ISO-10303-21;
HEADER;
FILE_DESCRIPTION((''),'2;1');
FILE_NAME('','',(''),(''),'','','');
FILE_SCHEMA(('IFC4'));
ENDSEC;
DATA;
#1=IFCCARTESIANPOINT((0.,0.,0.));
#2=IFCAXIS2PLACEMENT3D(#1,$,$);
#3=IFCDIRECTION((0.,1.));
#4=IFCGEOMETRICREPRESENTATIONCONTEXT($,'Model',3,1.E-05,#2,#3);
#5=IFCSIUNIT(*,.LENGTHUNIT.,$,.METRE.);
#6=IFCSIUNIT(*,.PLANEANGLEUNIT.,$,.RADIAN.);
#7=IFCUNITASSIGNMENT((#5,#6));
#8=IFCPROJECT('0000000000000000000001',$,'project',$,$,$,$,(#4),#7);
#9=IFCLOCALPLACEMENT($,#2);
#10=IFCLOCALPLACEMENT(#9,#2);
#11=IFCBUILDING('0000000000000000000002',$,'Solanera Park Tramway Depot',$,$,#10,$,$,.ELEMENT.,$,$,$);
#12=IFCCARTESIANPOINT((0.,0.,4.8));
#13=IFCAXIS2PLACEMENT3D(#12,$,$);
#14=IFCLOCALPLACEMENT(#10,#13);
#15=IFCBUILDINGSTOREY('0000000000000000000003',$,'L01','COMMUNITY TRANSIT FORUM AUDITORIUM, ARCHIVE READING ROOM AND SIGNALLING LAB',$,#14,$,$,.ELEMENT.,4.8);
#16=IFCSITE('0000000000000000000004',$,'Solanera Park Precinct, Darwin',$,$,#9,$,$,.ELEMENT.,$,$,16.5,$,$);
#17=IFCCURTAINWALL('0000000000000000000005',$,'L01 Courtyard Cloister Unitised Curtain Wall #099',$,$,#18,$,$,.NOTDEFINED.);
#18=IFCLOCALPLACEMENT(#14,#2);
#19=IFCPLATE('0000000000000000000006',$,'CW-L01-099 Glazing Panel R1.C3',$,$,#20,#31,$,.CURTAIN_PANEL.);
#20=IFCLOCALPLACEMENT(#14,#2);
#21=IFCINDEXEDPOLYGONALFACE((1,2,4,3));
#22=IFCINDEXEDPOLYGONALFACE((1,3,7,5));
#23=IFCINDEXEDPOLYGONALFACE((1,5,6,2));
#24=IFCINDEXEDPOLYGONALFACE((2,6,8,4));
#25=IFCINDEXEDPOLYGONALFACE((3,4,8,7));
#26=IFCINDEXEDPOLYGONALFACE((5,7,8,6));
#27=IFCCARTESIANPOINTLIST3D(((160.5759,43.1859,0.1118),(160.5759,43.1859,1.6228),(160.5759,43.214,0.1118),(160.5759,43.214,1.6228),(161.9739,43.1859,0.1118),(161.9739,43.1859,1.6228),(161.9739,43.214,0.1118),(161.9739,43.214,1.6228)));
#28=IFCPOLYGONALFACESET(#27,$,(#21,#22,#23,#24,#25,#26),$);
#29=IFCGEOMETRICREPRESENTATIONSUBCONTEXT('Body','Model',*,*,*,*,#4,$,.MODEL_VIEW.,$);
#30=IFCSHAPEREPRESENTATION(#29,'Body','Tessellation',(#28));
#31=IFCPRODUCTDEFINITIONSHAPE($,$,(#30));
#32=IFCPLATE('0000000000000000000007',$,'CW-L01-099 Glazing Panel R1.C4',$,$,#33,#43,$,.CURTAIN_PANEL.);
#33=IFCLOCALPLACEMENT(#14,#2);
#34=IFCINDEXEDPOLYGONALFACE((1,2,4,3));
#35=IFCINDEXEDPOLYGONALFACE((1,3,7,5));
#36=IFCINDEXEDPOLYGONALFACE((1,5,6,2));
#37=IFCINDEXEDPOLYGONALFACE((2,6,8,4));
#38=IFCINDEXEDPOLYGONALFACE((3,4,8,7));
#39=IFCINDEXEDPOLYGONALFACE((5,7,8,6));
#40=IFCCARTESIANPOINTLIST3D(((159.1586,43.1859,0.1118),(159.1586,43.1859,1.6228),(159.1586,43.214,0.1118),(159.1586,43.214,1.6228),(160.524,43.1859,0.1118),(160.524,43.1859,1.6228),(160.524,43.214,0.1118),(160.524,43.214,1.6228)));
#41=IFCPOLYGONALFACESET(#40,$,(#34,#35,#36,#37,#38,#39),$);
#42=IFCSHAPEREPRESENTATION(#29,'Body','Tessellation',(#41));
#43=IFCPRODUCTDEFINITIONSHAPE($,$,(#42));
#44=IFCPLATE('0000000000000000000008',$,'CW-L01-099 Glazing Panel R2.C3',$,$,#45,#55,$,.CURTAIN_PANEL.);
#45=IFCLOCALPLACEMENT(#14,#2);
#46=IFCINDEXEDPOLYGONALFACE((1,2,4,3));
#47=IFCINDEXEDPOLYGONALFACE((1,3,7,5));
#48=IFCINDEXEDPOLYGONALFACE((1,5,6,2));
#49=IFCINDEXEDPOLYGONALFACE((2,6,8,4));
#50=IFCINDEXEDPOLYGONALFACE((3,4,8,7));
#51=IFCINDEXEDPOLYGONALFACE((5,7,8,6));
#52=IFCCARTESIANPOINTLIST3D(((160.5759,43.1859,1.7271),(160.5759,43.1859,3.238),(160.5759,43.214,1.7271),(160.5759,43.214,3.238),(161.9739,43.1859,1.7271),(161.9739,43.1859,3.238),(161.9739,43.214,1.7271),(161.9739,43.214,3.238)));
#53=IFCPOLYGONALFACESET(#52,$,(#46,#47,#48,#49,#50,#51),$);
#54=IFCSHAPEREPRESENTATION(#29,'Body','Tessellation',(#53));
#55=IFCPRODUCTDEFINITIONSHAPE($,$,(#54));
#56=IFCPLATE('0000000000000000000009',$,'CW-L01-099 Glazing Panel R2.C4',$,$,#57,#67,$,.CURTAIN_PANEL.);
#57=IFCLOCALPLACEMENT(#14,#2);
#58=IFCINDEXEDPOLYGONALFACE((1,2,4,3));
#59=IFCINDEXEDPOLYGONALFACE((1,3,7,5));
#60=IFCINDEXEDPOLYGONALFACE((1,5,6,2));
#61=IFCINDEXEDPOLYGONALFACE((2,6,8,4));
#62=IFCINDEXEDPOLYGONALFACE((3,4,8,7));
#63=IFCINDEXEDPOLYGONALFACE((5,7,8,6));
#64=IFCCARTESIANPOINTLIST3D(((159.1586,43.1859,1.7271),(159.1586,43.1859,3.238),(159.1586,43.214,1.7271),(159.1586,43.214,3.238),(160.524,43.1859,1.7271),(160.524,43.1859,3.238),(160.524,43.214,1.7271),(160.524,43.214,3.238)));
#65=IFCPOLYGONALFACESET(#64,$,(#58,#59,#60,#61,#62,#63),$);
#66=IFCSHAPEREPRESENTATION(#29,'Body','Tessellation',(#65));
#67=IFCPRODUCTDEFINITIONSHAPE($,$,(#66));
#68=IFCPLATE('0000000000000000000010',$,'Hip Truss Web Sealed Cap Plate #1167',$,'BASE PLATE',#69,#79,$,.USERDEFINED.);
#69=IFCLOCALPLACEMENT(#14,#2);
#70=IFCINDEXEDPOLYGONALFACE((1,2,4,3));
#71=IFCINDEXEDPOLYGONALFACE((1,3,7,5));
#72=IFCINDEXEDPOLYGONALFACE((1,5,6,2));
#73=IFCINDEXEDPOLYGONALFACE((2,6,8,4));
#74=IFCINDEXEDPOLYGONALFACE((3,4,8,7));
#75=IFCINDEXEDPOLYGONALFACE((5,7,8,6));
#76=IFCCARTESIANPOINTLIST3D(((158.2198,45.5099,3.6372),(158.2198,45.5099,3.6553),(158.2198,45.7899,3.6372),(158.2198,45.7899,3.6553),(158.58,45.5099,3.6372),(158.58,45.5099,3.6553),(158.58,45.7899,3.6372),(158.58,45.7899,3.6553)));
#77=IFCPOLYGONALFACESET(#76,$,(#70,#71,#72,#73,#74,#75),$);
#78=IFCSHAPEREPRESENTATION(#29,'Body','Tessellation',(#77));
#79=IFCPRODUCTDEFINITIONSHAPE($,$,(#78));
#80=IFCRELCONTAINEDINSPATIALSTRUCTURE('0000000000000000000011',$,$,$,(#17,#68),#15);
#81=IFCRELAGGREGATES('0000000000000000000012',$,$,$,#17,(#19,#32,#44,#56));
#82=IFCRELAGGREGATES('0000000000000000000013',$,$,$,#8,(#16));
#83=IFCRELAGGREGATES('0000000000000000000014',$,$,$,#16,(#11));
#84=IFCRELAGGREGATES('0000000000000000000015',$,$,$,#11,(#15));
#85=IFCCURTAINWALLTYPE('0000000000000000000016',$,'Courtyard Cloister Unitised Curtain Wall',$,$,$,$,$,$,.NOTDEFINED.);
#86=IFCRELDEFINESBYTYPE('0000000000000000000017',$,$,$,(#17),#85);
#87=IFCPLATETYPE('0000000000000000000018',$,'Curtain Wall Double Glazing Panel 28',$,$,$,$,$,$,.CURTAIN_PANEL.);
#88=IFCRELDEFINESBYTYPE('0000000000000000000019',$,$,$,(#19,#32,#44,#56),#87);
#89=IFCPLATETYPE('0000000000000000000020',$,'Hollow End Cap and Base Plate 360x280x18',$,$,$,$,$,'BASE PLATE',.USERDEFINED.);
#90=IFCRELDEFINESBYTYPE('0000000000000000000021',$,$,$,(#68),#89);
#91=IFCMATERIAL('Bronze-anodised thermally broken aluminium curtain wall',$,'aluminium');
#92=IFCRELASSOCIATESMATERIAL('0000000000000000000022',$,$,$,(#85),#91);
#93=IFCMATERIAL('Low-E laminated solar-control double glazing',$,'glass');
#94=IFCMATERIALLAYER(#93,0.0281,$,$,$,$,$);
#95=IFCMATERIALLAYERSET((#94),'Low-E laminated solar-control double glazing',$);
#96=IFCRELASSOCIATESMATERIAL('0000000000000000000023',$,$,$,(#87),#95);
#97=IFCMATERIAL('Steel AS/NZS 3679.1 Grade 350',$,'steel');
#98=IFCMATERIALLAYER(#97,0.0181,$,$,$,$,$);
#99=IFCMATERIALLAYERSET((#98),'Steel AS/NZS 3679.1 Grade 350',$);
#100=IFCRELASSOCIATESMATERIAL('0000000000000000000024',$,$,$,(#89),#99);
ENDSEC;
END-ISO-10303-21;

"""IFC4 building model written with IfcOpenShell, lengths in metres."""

from ifc_helpers import new_model, si_unit, direction, frame, origin, origin_2d, place, context, subcontext, project, spatial, rectangle, extrude, material, layer, layer_set, type_object, element, aggregate, save


model = new_model("IFC4")

# Units and contexts
model_context = context("Model", 3, precision=1e-05, world=origin(), true_north=direction((0.0, 1.0)))
body_context = subcontext(model_context, "Body", "Model", "MODEL_VIEW")
ifc_project = project(units=[si_unit("LENGTHUNIT", "METRE"), si_unit("PLANEANGLEUNIT", "RADIAN")], contexts=[model_context])

# Site, building, storey
site_placement = place(None, origin())
site = spatial("IfcSite", under=ifc_project, at=site_placement, Name="Solanera Park Precinct, Darwin", CompositionType="ELEMENT", RefElevation=16.5)
building_placement = place(site_placement, origin())
building = spatial("IfcBuilding", under=site, at=building_placement, Name="Solanera Park Tramway Depot", CompositionType="ELEMENT")
storey_placement = place(building_placement, frame((0.0, 0.0, 4.8)))
storey = spatial("IfcBuildingStorey", under=building, at=storey_placement, Name="L01", Description="COMMUNITY TRANSIT FORUM AUDITORIUM, ARCHIVE READING ROOM AND SIGNALLING LAB", CompositionType="ELEMENT", Elevation=4.8)

# Curtain wall
ifc_material_1 = material(Name="Bronze-anodised thermally broken aluminium curtain wall", Category="aluminium")
curtain_wall_type = type_object("IfcCurtainWallType", Name="Courtyard Cloister Unitised Curtain Wall", PredefinedType="NOTDEFINED", material=ifc_material_1)
curtain_wall_1_placement = place(storey_placement, origin())
curtain_wall_1 = element("IfcCurtainWall", 1, at=curtain_wall_1_placement, inside=storey, type_object=curtain_wall_type, Name="L01 Courtyard Cloister Unitised Curtain Wall #099", PredefinedType="NOTDEFINED")

# Plates
ifc_material_2 = material(Name="Low-E laminated solar-control double glazing", Category="glass")
ifc_layer_1 = layer(ifc_material_2, 0.0281)
ifc_layer_set_1 = layer_set([ifc_layer_1], Name="Low-E laminated solar-control double glazing")
plate_type_1 = type_object("IfcPlateType", Name="Curtain Wall Double Glazing Panel 28", PredefinedType="CURTAIN_PANEL", material=ifc_layer_set_1)
plate_1_placement = place(storey_placement, frame((161.2749, 43.2, 0.1118), z_axis=(0.0, 0.0, 1.0), x_axis=(-1.0, 0.0, 0.0)))
plate_1 = element("IfcPlate", 2, at=plate_1_placement, type_object=plate_type_1, Name="CW-L01-099 Glazing Panel R1.C3", PredefinedType="CURTAIN_PANEL", context=body_context, shape_type="SweptSolid", body=[
    extrude(rectangle(XDim=1.3979, YDim=0.0281, at=origin_2d()), origin(), (0.0, 0.0, 1.0), 1.511),
])
plate_2_placement = place(storey_placement, frame((159.8413, 43.2, 0.1118), z_axis=(0.0, 0.0, 1.0), x_axis=(-1.0, 0.0, 0.0)))
plate_2 = element("IfcPlate", 3, at=plate_2_placement, type_object=plate_type_1, Name="CW-L01-099 Glazing Panel R1.C4", PredefinedType="CURTAIN_PANEL", context=body_context, shape_type="SweptSolid", body=[
    extrude(rectangle(XDim=1.3655, YDim=0.0281, at=origin_2d()), origin(), (0.0, 0.0, 1.0), 1.511),
])
plate_3_placement = place(storey_placement, frame((161.2749, 43.2, 1.7271), z_axis=(0.0, 0.0, 1.0), x_axis=(-1.0, 0.0, 0.0)))
plate_3 = element("IfcPlate", 4, at=plate_3_placement, type_object=plate_type_1, Name="CW-L01-099 Glazing Panel R2.C3", PredefinedType="CURTAIN_PANEL", context=body_context, shape_type="SweptSolid", body=[
    extrude(rectangle(XDim=1.3979, YDim=0.0281, at=origin_2d()), origin(), (0.0, 0.0, 1.0), 1.511),
])
plate_4_placement = place(storey_placement, frame((159.8413, 43.2, 1.7271), z_axis=(0.0, 0.0, 1.0), x_axis=(-1.0, 0.0, 0.0)))
plate_4 = element("IfcPlate", 5, at=plate_4_placement, type_object=plate_type_1, Name="CW-L01-099 Glazing Panel R2.C4", PredefinedType="CURTAIN_PANEL", context=body_context, shape_type="SweptSolid", body=[
    extrude(rectangle(XDim=1.3655, YDim=0.0281, at=origin_2d()), origin(), (0.0, 0.0, 1.0), 1.511),
])
aggregate(curtain_wall_1, [plate_1, plate_2, plate_3, plate_4])
ifc_material_3 = material(Name="Steel AS/NZS 3679.1 Grade 350", Category="steel")
ifc_layer_2 = layer(ifc_material_3, 0.0181)
ifc_layer_set_2 = layer_set([ifc_layer_2], Name="Steel AS/NZS 3679.1 Grade 350")
plate_type_2 = type_object("IfcPlateType", Name="Hollow End Cap and Base Plate 360x280x18", ElementType="BASE PLATE", PredefinedType="USERDEFINED", material=ifc_layer_set_2)
plate_5_placement = place(storey_placement, frame((158.3999, 45.6499, 3.6372), z_axis=(0.0, 0.0, 1.0), x_axis=(1.0, 0.0, 0.0)))
element("IfcPlate", 6, at=plate_5_placement, inside=storey, type_object=plate_type_2, Name="Hip Truss Web Sealed Cap Plate #1167", ObjectType="BASE PLATE", PredefinedType="USERDEFINED", context=body_context, shape_type="SweptSolid", body=[
    extrude(rectangle(XDim=0.3601, YDim=0.28, at=origin_2d()), origin(), (0.0, 0.0, 1.0), 0.0181),
])

save(model, "model.ifc")
